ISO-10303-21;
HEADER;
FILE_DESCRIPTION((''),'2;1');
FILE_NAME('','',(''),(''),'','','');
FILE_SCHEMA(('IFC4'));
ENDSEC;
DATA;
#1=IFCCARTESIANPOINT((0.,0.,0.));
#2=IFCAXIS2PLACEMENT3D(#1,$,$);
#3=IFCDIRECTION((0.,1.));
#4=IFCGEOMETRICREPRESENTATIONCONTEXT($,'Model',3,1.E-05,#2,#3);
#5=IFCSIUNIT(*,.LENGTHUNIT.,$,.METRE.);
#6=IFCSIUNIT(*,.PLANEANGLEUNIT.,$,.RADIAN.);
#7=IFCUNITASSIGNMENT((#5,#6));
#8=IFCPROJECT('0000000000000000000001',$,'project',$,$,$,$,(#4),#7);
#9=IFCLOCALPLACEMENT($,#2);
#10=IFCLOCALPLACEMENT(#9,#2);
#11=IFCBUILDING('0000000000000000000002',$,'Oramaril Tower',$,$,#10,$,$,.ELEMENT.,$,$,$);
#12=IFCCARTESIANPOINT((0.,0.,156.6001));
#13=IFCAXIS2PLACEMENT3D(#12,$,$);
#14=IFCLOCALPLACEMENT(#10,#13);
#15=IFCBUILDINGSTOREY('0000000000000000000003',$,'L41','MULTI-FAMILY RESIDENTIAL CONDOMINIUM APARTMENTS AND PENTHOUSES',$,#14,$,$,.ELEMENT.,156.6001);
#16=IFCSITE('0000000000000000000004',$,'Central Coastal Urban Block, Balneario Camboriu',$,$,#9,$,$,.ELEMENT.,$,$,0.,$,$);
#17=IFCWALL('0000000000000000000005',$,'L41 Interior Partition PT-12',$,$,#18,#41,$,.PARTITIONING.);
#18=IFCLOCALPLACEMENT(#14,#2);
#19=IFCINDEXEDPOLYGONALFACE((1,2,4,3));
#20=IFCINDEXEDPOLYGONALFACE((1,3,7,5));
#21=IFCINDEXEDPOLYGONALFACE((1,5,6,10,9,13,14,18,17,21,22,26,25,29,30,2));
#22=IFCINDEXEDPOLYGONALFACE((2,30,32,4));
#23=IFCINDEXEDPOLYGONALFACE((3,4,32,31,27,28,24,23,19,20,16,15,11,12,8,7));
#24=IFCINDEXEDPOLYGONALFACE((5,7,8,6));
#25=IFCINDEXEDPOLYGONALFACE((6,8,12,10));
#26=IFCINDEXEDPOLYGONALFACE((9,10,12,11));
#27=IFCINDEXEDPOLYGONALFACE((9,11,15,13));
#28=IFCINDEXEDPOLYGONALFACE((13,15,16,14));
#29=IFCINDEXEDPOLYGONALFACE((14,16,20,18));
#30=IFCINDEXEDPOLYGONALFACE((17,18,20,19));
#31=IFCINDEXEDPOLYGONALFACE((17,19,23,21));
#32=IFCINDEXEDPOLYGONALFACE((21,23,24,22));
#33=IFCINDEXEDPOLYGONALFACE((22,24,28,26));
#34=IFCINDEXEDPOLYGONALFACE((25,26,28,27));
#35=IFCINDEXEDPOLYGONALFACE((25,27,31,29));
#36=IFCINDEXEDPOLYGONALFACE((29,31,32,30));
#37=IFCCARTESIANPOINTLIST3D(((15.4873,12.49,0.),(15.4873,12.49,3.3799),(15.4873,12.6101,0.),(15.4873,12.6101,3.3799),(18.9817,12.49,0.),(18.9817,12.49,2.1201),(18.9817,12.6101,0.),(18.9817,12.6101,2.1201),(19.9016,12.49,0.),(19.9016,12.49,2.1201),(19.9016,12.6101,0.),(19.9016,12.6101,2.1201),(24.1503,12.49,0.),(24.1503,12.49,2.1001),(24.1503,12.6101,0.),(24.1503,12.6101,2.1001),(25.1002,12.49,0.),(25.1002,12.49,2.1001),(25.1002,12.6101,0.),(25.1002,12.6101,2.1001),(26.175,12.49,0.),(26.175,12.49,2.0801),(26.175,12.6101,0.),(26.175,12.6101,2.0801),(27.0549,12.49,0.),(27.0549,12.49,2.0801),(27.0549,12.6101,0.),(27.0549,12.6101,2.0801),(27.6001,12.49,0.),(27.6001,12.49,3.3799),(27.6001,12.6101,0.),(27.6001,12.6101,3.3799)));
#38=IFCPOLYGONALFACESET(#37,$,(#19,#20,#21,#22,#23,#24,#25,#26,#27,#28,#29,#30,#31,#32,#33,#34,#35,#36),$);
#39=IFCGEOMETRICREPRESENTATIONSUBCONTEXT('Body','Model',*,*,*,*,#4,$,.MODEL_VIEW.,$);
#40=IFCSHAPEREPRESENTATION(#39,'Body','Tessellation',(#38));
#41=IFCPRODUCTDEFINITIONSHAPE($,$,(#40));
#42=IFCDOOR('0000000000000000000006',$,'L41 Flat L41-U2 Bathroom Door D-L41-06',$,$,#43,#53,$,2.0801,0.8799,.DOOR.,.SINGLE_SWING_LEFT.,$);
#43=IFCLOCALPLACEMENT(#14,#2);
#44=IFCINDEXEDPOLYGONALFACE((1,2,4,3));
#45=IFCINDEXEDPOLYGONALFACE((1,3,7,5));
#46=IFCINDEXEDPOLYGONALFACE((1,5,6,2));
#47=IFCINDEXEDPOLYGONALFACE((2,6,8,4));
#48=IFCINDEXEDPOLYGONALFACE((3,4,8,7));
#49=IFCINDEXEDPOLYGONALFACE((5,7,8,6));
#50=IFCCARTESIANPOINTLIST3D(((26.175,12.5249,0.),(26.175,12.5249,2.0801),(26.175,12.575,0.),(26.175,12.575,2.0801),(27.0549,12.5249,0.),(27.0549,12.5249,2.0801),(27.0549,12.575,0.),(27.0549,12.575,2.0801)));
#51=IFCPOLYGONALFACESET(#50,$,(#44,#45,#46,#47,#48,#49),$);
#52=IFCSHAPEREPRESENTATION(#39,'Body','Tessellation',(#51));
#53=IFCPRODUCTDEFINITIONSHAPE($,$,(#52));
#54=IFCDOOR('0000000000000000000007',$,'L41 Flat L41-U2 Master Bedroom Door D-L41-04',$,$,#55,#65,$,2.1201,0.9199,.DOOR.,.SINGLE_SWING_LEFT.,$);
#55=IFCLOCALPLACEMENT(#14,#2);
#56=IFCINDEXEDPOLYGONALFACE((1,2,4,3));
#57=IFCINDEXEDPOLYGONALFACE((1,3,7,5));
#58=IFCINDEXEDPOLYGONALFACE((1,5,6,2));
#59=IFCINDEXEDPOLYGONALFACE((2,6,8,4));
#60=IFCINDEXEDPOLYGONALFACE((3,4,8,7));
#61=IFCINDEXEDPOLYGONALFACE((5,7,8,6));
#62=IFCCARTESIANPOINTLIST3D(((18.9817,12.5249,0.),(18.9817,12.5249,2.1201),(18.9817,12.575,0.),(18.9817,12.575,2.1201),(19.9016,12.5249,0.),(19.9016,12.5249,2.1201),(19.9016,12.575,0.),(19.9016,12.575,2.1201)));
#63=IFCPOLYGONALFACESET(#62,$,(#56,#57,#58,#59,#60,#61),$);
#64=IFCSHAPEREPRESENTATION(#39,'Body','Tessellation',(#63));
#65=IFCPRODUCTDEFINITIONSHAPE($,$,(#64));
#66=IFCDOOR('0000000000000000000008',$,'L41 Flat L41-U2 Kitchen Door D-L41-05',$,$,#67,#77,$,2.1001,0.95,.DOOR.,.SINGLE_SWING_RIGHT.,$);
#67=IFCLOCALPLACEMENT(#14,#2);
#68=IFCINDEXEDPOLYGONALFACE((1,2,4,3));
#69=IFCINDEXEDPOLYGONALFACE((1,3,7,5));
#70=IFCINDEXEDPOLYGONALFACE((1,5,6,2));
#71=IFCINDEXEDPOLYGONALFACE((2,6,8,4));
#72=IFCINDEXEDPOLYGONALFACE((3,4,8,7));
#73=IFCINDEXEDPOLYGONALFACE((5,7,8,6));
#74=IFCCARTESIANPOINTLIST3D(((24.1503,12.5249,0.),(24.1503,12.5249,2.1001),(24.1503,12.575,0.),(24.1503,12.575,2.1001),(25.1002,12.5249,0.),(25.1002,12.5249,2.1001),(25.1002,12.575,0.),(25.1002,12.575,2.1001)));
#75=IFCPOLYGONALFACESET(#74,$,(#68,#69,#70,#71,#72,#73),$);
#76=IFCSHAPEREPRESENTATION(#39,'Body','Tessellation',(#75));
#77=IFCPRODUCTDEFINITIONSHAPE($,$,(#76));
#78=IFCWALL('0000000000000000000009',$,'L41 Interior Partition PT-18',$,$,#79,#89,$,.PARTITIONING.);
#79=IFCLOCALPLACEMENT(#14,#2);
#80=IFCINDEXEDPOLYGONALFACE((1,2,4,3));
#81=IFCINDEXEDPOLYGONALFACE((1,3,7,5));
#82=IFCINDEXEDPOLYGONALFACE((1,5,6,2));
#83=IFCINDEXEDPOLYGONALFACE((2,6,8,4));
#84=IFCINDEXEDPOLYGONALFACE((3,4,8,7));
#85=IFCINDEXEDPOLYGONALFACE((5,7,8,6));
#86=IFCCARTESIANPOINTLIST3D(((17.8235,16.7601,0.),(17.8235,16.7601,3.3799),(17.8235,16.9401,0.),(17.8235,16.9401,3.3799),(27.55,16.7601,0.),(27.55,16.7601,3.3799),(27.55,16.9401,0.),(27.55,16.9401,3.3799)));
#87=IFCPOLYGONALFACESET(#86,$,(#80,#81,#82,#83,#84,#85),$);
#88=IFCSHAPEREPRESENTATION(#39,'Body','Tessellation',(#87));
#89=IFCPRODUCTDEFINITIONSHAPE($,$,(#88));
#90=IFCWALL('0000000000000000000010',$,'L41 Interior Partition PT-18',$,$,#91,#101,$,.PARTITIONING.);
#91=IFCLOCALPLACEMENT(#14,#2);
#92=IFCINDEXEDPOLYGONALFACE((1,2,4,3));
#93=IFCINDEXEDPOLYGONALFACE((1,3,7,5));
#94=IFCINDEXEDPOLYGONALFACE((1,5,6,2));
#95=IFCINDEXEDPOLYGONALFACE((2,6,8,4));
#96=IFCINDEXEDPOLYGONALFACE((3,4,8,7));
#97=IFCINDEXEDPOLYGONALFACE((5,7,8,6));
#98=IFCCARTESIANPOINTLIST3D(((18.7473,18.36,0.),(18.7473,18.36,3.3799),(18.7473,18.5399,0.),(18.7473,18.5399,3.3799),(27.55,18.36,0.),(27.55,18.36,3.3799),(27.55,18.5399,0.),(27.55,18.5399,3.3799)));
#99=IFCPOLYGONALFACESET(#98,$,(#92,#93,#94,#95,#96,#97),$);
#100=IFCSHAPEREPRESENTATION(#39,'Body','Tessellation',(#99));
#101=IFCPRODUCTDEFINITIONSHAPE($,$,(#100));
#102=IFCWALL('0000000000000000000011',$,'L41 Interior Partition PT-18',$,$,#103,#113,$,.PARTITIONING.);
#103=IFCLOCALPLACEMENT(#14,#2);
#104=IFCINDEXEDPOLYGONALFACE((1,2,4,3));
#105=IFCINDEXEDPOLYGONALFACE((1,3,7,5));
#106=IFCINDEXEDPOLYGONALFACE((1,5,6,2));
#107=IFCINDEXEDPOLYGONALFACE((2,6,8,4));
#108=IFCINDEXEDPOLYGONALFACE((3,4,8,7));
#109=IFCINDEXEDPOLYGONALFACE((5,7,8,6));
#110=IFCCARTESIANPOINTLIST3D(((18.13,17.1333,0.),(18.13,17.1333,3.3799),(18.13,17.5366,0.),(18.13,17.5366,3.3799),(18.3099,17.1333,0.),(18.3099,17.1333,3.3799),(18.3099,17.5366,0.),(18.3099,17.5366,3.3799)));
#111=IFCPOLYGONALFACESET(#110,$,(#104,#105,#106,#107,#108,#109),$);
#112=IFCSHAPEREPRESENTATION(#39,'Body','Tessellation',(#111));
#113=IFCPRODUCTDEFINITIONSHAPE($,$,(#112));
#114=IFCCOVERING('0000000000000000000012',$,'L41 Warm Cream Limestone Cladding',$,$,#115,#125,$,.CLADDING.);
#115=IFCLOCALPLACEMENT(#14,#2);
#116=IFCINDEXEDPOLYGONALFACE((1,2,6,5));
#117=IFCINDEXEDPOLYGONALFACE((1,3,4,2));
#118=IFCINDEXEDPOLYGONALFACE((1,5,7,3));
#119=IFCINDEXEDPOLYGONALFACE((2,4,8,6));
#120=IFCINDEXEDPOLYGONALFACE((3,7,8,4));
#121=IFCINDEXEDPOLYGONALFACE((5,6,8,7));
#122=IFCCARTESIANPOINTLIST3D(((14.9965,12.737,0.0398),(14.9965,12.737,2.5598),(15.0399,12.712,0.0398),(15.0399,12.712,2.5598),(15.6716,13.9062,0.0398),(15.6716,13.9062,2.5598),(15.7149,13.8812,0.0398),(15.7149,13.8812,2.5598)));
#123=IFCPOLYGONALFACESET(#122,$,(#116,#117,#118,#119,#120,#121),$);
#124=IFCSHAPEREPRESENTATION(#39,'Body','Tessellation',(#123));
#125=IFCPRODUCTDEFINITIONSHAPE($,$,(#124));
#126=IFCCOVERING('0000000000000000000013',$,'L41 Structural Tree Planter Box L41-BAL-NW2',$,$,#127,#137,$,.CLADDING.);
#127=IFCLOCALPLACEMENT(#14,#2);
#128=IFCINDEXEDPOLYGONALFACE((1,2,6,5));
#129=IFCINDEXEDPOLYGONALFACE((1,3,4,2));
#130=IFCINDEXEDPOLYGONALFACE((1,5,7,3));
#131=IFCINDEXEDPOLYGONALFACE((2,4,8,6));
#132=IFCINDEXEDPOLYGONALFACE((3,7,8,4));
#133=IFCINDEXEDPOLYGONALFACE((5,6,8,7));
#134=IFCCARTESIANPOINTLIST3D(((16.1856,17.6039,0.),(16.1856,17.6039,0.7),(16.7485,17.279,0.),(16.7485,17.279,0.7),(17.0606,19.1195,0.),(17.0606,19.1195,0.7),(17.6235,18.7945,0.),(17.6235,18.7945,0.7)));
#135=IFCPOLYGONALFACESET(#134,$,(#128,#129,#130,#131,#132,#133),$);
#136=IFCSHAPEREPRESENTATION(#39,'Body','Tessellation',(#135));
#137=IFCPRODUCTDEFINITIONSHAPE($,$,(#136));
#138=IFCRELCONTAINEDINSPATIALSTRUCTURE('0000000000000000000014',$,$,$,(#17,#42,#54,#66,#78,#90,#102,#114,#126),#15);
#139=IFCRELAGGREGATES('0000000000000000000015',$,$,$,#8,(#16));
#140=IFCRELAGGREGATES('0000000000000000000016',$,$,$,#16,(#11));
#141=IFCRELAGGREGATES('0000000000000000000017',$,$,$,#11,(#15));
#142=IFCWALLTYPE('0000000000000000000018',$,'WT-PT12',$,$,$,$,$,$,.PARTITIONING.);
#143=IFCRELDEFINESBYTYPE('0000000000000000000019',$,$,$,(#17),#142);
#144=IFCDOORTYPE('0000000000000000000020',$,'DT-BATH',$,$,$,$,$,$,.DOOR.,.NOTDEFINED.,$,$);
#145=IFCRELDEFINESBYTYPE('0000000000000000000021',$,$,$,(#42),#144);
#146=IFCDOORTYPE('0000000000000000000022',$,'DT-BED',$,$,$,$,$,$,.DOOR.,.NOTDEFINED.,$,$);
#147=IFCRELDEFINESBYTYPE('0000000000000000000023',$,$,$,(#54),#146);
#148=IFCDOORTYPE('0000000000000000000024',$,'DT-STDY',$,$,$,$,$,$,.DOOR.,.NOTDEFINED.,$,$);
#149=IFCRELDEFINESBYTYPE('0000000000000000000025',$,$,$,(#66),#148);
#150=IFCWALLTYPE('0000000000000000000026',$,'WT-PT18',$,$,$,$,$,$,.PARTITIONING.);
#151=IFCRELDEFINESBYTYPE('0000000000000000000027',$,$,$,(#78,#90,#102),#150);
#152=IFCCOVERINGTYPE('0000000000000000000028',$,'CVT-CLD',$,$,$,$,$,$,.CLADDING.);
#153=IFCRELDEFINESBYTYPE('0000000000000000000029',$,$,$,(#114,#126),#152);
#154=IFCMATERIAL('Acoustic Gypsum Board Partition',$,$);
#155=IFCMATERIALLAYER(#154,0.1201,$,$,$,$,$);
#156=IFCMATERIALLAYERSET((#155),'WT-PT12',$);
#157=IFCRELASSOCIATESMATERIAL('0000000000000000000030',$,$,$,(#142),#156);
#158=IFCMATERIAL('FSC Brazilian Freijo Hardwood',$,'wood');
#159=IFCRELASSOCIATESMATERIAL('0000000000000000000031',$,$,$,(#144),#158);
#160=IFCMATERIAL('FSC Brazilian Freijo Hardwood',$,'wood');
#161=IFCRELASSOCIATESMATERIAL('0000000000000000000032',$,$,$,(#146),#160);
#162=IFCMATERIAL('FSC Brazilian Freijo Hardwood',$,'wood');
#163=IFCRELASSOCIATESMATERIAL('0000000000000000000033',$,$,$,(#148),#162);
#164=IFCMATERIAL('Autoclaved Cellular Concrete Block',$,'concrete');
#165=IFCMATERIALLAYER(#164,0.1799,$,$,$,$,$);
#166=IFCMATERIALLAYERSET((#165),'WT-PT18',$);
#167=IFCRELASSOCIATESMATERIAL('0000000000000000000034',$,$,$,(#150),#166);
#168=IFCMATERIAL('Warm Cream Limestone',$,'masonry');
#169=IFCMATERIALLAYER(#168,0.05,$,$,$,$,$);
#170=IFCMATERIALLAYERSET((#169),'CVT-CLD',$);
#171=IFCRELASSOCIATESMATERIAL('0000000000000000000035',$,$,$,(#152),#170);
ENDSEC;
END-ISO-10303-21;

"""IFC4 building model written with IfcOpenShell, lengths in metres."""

from ifc_helpers import new_model, si_unit, direction, frame, frame_2d, origin, origin_2d, place, context, subcontext, project, spatial, rectangle, extrude, material, layer, layer_set, type_object, element, fill, save


model = new_model("IFC4")

# Units and contexts
model_context = context("Model", 3, precision=1e-05, world=origin(), true_north=direction((0.0, 1.0)))
body_context = subcontext(model_context, "Body", "Model", "MODEL_VIEW")
ifc_project = project(units=[si_unit("LENGTHUNIT", "METRE"), si_unit("PLANEANGLEUNIT", "RADIAN")], contexts=[model_context])

# Site, building, storey
site_placement = place(None, origin())
site = spatial("IfcSite", under=ifc_project, at=site_placement, Name="Central Coastal Urban Block, Balneario Camboriu", CompositionType="ELEMENT", RefElevation=0.0)
building_placement = place(site_placement, origin())
building = spatial("IfcBuilding", under=site, at=building_placement, Name="Oramaril Tower", CompositionType="ELEMENT")
storey_placement = place(building_placement, frame((0.0, 0.0, 156.6001)))
storey = spatial("IfcBuildingStorey", under=building, at=storey_placement, Name="L41", Description="MULTI-FAMILY RESIDENTIAL CONDOMINIUM APARTMENTS AND PENTHOUSES", CompositionType="ELEMENT", Elevation=156.6001)

# Wall, openings, doors
ifc_material_1 = material(Name="Acoustic Gypsum Board Partition")
ifc_layer_1 = layer(ifc_material_1, 0.1201)
ifc_layer_set_1 = layer_set([ifc_layer_1], Name="WT-PT12")
wall_type_1 = type_object("IfcWallType", Name="WT-PT12", PredefinedType="PARTITIONING", material=ifc_layer_set_1)
wall_1_placement = place(storey_placement, frame((15.4873, 12.55, 0.0), z_axis=(0.0, 0.0, 1.0), x_axis=(1.0, 0.0, 0.0)))
wall_1 = element("IfcWall", 1, at=wall_1_placement, inside=storey, type_object=wall_type_1, Name="L41 Interior Partition PT-12", PredefinedType="PARTITIONING", context=body_context, shape_type="SweptSolid", body=[
    extrude(rectangle(XDim=12.1128, YDim=0.1201, at=frame_2d((6.0564, 0.0))), origin(), (0.0, 0.0, 1.0), 3.3799),
])
opening_1_placement = place(wall_1_placement, frame((3.4944, 0.0, 0.0)))
opening_1 = element("IfcOpeningElement", 2, at=opening_1_placement, cuts=wall_1, PredefinedType="OPENING", context=body_context, shape_type="SweptSolid", body=[
    extrude(rectangle(XDim=0.9199, YDim=2.1201, at=frame_2d((0.46, 1.0601))), frame((0.0, 0.0601, 0.0), z_axis=(0.0, -1.0, 0.0), x_axis=(1.0, 0.0, 0.0)), (0.0, 0.0, 1.0), 0.1201),
])
opening_2_placement = place(wall_1_placement, frame((8.6628, 0.0, 0.0)))
opening_2 = element("IfcOpeningElement", 3, at=opening_2_placement, cuts=wall_1, PredefinedType="OPENING", context=body_context, shape_type="SweptSolid", body=[
    extrude(rectangle(XDim=0.95, YDim=2.1001, at=frame_2d((0.4751, 1.05))), frame((0.0, 0.0601, 0.0), z_axis=(0.0, -1.0, 0.0), x_axis=(1.0, 0.0, 0.0)), (0.0, 0.0, 1.0), 0.1201),
])
opening_3_placement = place(wall_1_placement, frame((10.6877, 0.0, 0.0)))
opening_3 = element("IfcOpeningElement", 4, at=opening_3_placement, cuts=wall_1, PredefinedType="OPENING", context=body_context, shape_type="SweptSolid", body=[
    extrude(rectangle(XDim=0.8799, YDim=2.0801, at=frame_2d((0.4399, 1.04))), frame((0.0, 0.0601, 0.0), z_axis=(0.0, -1.0, 0.0), x_axis=(1.0, 0.0, 0.0)), (0.0, 0.0, 1.0), 0.1201),
])
ifc_material_2 = material(Name="FSC Brazilian Freijo Hardwood", Category="wood")
door_type_1 = type_object("IfcDoorType", Name="DT-BATH", OperationType="NOTDEFINED", PredefinedType="DOOR", material=ifc_material_2)
door_1_placement = place(opening_3_placement, origin())
door_1 = element("IfcDoor", 5, at=door_1_placement, inside=storey, type_object=door_type_1, Name="L41 Flat L41-U2 Bathroom Door D-L41-06", OperationType="SINGLE_SWING_LEFT", OverallHeight=2.0801, OverallWidth=0.8799, PredefinedType="DOOR", context=body_context, shape_type="SweptSolid", body=[
    extrude(rectangle(XDim=0.8799, YDim=2.0801, at=frame_2d((0.4399, 1.04))), frame((0.0, 0.0249, 0.0), z_axis=(0.0, -1.0, 0.0), x_axis=(1.0, 0.0, 0.0)), (0.0, 0.0, 1.0), 0.05),
])
fill(opening_3, door_1)
ifc_material_3 = material(Name="FSC Brazilian Freijo Hardwood", Category="wood")
door_type_2 = type_object("IfcDoorType", Name="DT-BED", OperationType="NOTDEFINED", PredefinedType="DOOR", material=ifc_material_3)
door_2_placement = place(opening_1_placement, origin())
door_2 = element("IfcDoor", 6, at=door_2_placement, inside=storey, type_object=door_type_2, Name="L41 Flat L41-U2 Master Bedroom Door D-L41-04", OperationType="SINGLE_SWING_LEFT", OverallHeight=2.1201, OverallWidth=0.9199, PredefinedType="DOOR", context=body_context, shape_type="SweptSolid", body=[
    extrude(rectangle(XDim=0.9199, YDim=2.1201, at=frame_2d((0.46, 1.0601))), frame((0.0, 0.0249, 0.0), z_axis=(0.0, -1.0, 0.0), x_axis=(1.0, 0.0, 0.0)), (0.0, 0.0, 1.0), 0.05),
])
fill(opening_1, door_2)
ifc_material_4 = material(Name="FSC Brazilian Freijo Hardwood", Category="wood")
door_type_3 = type_object("IfcDoorType", Name="DT-STDY", OperationType="NOTDEFINED", PredefinedType="DOOR", material=ifc_material_4)
door_3_placement = place(opening_2_placement, origin())
door_3 = element("IfcDoor", 7, at=door_3_placement, inside=storey, type_object=door_type_3, Name="L41 Flat L41-U2 Kitchen Door D-L41-05", OperationType="SINGLE_SWING_RIGHT", OverallHeight=2.1001, OverallWidth=0.95, PredefinedType="DOOR", context=body_context, shape_type="SweptSolid", body=[
    extrude(rectangle(XDim=0.95, YDim=2.1001, at=frame_2d((0.4751, 1.05))), frame((0.0, 0.0249, 0.0), z_axis=(0.0, -1.0, 0.0), x_axis=(1.0, 0.0, 0.0)), (0.0, 0.0, 1.0), 0.05),
])
fill(opening_2, door_3)

# Walls
ifc_material_5 = material(Name="Autoclaved Cellular Concrete Block", Category="concrete")
ifc_layer_2 = layer(ifc_material_5, 0.1799)
ifc_layer_set_2 = layer_set([ifc_layer_2], Name="WT-PT18")
wall_type_2 = type_object("IfcWallType", Name="WT-PT18", PredefinedType="PARTITIONING", material=ifc_layer_set_2)
wall_2_placement = place(storey_placement, frame((17.8235, 16.8501, 0.0), z_axis=(0.0, 0.0, 1.0), x_axis=(1.0, 0.0, 0.0)))
element("IfcWall", 8, at=wall_2_placement, inside=storey, type_object=wall_type_2, Name="L41 Interior Partition PT-18", PredefinedType="PARTITIONING", context=body_context, shape_type="SweptSolid", body=[
    extrude(rectangle(XDim=9.7266, YDim=0.1799, at=frame_2d((4.8633, 0.0))), origin(), (0.0, 0.0, 1.0), 3.3799),
])
wall_3_placement = place(storey_placement, frame((18.7473, 18.45, 0.0), z_axis=(0.0, 0.0, 1.0), x_axis=(1.0, 0.0, 0.0)))
element("IfcWall", 9, at=wall_3_placement, inside=storey, type_object=wall_type_2, Name="L41 Interior Partition PT-18", PredefinedType="PARTITIONING", context=body_context, shape_type="SweptSolid", body=[
    extrude(rectangle(XDim=8.8027, YDim=0.1799, at=frame_2d((4.4014, 0.0))), origin(), (0.0, 0.0, 1.0), 3.3799),
])
wall_4_placement = place(storey_placement, frame((18.22, 17.1333, 0.0), z_axis=(0.0, 0.0, 1.0), x_axis=(0.0, 1.0, 0.0)))
element("IfcWall", 10, at=wall_4_placement, inside=storey, type_object=wall_type_2, Name="L41 Interior Partition PT-18", PredefinedType="PARTITIONING", context=body_context, shape_type="SweptSolid", body=[
    extrude(rectangle(XDim=0.4033, YDim=0.1799, at=frame_2d((0.2017, 0.0))), origin(), (0.0, 0.0, 1.0), 3.3799),
])

# Coverings
ifc_material_6 = material(Name="Warm Cream Limestone", Category="masonry")
ifc_layer_3 = layer(ifc_material_6, 0.05)
ifc_layer_set_3 = layer_set([ifc_layer_3], Name="CVT-CLD")
covering_type = type_object("IfcCoveringType", Name="CVT-CLD", PredefinedType="CLADDING", material=ifc_layer_set_3)
covering_1_placement = place(storey_placement, frame((15.3557, 13.3091, 0.0398), z_axis=(0.0, 0.0, 1.0), x_axis=(-0.5, -0.866025, 0.0)))
element("IfcCovering", 11, at=covering_1_placement, inside=storey, type_object=covering_type, Name="L41 Warm Cream Limestone Cladding", PredefinedType="CLADDING", context=body_context, shape_type="SweptSolid", body=[
    extrude(rectangle(XDim=1.3501, YDim=0.05, at=origin_2d()), origin(), (0.0, 0.0, 1.0), 2.52),
])
covering_2_placement = place(storey_placement, frame((16.9045, 18.1992, 0.0), z_axis=(0.0, 0.0, 1.0), x_axis=(-0.5, -0.866025, 0.0)))
element("IfcCovering", 12, at=covering_2_placement, inside=storey, type_object=covering_type, Name="L41 Structural Tree Planter Box L41-BAL-NW2", PredefinedType="CLADDING", context=body_context, shape_type="SweptSolid", body=[
    extrude(rectangle(XDim=1.75, YDim=0.6499, at=origin_2d()), origin(), (0.0, 0.0, 1.0), 0.7),
])

save(model, "model.ifc")
